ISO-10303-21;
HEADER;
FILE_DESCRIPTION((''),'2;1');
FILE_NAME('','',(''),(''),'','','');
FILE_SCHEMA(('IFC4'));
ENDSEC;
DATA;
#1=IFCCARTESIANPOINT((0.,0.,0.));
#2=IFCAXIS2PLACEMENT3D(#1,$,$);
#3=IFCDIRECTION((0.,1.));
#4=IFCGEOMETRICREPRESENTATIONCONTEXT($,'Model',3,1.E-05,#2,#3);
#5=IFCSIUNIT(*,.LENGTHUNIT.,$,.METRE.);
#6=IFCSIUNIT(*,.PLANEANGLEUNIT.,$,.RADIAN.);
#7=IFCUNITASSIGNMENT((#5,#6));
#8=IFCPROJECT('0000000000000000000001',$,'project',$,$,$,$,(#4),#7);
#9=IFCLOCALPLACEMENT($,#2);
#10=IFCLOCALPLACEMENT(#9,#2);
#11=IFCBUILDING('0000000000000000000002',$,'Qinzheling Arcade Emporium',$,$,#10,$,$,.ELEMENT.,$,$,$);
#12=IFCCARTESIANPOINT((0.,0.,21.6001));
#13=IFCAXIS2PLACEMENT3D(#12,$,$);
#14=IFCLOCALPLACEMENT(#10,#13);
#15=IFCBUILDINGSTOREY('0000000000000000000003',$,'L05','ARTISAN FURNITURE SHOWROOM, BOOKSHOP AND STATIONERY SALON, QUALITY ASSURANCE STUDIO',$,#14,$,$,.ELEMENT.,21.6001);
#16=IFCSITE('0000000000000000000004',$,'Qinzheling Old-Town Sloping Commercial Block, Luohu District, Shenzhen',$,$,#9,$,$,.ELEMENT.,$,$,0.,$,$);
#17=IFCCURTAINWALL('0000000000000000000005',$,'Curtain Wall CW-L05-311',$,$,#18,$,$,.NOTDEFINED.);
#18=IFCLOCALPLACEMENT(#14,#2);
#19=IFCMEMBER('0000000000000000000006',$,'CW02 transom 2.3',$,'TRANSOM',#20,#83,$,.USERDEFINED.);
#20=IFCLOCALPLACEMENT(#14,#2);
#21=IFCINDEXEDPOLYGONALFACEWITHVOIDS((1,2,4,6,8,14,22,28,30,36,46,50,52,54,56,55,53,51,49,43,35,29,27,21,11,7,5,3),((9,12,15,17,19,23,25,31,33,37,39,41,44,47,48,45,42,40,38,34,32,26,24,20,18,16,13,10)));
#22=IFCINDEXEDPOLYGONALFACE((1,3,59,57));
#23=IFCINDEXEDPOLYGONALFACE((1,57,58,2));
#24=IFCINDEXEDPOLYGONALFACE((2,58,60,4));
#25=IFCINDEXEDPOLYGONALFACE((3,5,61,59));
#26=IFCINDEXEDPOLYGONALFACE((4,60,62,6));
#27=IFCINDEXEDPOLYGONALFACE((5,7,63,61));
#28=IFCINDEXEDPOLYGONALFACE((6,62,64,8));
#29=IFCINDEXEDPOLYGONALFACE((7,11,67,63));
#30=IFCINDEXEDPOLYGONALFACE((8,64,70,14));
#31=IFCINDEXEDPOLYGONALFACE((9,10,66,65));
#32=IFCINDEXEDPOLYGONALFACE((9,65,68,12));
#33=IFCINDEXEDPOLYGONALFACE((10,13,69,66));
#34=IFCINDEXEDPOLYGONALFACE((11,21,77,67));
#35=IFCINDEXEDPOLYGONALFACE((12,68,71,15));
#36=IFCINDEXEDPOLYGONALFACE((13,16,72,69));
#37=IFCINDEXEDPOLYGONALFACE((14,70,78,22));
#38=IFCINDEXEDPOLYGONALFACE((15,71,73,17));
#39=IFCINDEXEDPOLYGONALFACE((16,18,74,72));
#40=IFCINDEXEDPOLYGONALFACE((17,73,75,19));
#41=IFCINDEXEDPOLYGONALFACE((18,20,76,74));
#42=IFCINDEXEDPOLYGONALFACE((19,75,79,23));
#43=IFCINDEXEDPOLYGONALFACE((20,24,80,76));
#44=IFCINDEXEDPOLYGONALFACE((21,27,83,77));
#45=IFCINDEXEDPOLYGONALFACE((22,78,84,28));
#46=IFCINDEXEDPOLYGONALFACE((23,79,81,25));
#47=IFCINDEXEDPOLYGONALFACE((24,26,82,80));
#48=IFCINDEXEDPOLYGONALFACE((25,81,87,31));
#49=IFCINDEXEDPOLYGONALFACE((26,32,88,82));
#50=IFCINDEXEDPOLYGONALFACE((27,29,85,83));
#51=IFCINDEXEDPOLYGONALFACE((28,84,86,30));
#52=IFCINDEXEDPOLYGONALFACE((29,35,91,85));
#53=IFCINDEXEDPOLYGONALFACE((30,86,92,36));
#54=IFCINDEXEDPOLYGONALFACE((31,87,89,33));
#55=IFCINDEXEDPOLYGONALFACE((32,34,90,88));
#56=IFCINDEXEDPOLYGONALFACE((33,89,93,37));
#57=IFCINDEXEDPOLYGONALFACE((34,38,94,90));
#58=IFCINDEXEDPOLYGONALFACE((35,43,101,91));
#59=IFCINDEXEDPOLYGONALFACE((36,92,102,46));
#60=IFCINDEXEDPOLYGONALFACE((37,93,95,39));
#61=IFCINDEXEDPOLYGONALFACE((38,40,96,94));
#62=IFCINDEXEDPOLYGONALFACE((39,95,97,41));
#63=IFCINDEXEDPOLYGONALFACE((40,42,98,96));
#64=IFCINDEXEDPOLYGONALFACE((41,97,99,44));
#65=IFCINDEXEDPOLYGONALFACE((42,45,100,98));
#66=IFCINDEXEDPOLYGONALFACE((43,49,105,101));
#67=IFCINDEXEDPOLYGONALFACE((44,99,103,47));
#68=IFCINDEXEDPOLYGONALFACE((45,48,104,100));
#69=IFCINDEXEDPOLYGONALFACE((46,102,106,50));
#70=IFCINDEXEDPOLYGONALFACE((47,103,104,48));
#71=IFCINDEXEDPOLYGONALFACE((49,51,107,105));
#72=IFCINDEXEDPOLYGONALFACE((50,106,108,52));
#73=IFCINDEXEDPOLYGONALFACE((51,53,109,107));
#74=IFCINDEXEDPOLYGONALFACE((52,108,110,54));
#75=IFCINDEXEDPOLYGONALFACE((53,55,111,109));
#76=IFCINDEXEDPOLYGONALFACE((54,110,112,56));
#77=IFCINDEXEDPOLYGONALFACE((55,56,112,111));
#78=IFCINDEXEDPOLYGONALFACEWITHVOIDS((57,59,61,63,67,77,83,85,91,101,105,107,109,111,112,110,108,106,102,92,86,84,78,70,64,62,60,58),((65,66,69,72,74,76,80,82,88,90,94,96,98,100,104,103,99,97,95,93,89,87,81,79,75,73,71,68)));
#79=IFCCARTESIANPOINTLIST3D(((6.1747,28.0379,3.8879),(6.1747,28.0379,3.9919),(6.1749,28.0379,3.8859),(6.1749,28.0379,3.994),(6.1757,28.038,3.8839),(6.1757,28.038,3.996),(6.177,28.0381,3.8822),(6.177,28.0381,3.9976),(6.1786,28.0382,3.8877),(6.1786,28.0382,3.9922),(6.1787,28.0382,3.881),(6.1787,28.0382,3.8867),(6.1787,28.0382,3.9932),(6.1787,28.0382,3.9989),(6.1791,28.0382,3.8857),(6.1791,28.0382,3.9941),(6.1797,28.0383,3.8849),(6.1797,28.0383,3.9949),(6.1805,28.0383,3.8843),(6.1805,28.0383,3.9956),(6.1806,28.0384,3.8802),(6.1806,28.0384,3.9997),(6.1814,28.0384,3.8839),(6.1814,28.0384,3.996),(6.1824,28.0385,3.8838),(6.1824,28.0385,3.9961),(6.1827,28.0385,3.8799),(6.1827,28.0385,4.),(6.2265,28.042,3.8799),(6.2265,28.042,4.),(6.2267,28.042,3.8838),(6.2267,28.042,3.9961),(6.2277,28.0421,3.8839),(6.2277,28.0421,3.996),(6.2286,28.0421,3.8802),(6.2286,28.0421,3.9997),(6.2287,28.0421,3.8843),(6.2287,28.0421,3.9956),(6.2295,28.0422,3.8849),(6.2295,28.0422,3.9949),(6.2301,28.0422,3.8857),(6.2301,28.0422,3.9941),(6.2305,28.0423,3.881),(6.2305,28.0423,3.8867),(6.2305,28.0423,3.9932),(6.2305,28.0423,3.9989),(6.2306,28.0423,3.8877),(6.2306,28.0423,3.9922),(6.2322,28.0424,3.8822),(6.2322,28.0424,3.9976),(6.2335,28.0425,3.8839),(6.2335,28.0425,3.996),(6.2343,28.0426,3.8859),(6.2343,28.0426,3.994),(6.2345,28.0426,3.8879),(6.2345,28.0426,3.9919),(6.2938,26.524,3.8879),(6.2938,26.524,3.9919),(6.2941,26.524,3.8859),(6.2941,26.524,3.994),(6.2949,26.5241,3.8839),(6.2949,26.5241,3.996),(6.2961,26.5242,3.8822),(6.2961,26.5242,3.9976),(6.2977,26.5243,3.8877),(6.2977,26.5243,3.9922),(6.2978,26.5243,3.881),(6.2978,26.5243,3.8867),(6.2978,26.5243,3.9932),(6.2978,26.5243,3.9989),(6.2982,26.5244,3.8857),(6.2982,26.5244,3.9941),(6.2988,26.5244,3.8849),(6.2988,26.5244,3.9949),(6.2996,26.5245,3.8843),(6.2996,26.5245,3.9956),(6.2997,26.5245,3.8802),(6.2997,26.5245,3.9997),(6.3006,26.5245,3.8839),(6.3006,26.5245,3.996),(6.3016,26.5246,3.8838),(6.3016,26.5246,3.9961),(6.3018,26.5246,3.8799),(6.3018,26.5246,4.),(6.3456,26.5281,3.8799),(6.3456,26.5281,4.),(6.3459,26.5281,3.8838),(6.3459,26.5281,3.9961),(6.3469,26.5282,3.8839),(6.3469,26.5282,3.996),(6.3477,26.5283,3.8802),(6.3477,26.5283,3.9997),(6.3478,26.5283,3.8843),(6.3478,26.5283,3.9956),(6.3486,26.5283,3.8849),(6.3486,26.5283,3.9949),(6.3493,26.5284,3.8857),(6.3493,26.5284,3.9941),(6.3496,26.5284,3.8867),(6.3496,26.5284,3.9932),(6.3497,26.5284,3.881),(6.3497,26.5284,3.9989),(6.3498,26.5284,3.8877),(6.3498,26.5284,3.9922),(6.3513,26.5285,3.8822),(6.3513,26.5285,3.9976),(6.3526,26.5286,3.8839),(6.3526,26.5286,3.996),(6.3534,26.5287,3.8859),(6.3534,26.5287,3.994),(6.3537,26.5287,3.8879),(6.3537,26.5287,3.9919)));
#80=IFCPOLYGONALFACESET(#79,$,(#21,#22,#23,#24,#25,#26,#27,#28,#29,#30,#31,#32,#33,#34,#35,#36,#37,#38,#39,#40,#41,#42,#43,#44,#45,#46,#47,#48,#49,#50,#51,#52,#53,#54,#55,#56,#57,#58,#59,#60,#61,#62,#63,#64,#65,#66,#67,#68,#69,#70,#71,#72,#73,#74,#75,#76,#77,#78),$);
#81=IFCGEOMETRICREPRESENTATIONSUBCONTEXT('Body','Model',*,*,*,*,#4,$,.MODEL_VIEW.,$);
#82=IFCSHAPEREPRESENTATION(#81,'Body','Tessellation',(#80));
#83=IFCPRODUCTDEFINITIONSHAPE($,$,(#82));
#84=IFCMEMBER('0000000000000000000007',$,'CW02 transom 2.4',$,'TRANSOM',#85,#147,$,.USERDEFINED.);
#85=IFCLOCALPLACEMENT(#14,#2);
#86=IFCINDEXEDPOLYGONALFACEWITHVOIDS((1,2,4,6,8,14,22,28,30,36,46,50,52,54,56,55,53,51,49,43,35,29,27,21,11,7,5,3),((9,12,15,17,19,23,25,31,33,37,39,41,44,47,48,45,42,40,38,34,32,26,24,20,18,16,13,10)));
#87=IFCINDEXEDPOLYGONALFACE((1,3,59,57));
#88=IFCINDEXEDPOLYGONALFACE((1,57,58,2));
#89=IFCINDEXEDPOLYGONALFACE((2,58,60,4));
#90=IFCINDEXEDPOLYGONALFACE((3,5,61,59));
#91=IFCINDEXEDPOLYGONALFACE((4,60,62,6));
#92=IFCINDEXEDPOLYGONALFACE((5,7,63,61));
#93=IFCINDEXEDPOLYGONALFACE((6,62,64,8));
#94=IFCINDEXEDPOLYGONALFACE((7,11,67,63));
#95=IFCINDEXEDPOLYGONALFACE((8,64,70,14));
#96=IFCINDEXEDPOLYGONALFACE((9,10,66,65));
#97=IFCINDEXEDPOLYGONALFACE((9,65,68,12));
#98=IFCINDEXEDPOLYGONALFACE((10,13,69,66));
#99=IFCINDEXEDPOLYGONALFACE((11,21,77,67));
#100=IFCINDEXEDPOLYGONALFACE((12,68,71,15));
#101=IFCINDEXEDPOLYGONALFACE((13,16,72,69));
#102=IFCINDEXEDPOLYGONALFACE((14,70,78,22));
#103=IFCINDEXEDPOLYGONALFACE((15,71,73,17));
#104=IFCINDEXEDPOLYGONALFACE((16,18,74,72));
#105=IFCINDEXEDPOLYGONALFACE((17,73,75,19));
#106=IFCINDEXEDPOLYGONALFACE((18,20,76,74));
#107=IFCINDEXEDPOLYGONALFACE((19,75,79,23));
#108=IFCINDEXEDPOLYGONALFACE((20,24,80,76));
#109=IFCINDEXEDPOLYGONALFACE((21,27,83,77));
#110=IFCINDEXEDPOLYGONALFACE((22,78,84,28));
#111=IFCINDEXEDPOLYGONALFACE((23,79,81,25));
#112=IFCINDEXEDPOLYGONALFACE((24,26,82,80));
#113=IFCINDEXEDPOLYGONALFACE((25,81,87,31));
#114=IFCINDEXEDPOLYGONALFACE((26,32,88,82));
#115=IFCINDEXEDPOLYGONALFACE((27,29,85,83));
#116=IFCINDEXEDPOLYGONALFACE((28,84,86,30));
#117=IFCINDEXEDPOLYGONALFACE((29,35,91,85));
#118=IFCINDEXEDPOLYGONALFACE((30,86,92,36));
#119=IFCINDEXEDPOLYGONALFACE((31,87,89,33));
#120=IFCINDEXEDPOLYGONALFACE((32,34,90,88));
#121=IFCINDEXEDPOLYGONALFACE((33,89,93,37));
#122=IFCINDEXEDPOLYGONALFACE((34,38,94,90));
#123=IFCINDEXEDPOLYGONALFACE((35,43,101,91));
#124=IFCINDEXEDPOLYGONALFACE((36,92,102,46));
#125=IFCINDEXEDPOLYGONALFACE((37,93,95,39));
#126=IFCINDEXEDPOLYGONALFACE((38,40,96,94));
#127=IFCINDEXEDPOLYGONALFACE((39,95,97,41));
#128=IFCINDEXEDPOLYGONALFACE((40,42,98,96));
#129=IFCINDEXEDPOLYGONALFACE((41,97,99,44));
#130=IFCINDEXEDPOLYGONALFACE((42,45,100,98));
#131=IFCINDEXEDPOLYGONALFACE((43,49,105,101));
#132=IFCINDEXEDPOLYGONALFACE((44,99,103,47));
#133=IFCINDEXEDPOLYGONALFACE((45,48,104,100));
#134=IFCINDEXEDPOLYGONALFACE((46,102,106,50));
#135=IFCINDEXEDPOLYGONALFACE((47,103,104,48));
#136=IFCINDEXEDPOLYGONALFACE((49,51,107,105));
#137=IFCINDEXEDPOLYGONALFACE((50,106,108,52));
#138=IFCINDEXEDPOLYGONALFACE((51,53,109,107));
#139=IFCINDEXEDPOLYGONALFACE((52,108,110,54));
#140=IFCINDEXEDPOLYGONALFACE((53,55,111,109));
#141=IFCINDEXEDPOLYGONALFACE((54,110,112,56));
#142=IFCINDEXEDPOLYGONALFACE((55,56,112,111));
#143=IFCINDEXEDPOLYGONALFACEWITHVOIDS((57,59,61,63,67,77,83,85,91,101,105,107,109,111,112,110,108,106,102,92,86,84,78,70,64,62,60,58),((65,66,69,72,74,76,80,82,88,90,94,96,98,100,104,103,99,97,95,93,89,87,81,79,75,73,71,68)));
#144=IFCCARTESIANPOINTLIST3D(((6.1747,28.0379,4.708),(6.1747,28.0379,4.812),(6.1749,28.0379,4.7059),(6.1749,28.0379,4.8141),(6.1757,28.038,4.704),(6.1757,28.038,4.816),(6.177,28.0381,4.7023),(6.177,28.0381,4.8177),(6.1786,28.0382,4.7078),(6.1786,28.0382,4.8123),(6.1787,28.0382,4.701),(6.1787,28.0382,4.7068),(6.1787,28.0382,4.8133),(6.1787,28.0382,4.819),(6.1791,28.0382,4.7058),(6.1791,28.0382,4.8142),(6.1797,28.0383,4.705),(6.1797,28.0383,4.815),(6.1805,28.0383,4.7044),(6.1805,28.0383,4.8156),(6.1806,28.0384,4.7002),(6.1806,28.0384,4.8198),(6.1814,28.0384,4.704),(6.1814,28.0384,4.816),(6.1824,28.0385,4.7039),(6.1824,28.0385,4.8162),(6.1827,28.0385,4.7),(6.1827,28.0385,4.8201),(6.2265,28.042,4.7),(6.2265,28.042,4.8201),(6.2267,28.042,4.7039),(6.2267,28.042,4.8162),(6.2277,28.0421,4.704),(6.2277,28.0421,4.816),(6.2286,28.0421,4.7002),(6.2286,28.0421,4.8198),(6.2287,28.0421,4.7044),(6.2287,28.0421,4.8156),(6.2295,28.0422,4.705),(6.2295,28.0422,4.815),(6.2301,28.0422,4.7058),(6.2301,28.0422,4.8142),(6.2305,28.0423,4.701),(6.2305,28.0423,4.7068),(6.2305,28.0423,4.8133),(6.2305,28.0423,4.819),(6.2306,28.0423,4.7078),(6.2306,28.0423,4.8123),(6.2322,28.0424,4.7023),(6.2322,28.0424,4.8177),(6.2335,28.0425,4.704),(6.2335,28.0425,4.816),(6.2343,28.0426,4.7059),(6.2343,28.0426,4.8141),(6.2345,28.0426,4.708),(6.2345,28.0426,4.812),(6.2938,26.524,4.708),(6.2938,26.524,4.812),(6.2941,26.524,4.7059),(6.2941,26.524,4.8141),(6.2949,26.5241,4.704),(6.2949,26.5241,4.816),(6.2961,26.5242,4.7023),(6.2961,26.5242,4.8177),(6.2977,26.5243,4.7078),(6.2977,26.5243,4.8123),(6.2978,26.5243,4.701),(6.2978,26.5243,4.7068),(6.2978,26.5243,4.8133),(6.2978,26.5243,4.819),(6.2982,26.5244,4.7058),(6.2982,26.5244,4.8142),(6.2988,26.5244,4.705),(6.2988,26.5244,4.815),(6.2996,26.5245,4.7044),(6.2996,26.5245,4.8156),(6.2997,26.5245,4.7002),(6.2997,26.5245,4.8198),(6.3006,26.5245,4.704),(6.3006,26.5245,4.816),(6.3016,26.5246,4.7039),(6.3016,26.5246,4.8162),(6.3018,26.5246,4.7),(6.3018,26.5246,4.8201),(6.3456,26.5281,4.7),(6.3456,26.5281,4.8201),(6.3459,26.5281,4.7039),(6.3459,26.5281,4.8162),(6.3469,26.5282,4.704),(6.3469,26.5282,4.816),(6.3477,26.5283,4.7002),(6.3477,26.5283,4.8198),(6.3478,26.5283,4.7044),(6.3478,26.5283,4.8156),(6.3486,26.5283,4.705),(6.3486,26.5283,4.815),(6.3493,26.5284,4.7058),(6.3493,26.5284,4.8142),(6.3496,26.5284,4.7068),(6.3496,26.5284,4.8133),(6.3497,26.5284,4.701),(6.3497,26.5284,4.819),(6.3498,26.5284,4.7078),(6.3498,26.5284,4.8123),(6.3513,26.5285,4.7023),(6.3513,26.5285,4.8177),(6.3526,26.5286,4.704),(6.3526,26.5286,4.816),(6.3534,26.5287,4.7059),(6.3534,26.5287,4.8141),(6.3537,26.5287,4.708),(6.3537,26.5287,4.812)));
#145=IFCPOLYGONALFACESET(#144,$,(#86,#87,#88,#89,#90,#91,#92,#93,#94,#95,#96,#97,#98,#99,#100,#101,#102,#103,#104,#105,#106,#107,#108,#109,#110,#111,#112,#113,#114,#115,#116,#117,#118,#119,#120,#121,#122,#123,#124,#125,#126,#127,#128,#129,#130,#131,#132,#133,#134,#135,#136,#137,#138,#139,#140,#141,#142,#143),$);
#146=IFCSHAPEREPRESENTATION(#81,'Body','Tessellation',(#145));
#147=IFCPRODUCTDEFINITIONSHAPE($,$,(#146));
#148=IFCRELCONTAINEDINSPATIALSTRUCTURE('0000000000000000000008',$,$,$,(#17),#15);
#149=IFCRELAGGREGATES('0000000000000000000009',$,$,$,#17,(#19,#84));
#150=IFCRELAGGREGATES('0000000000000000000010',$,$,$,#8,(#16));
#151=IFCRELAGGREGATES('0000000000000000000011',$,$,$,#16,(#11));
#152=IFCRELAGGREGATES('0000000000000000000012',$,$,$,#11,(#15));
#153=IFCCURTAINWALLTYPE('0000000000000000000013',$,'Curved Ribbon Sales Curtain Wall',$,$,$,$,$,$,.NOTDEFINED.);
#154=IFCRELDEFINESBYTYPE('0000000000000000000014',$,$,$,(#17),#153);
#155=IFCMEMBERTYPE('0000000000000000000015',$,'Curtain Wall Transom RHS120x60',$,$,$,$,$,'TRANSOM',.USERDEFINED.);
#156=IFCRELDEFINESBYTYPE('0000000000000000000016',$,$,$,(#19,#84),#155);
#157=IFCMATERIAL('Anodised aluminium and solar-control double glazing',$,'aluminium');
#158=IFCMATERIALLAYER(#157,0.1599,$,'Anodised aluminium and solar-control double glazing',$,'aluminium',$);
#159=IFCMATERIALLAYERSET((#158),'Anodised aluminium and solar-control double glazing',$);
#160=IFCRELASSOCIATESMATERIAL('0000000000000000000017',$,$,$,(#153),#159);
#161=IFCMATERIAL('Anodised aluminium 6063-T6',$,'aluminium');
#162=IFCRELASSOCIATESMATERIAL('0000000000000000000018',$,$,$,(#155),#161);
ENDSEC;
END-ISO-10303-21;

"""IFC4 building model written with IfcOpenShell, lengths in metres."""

from ifc_helpers import new_model, si_unit, direction, frame, origin, origin_2d, place, context, subcontext, project, spatial, hollow_rectangle, extrude, material, layer, layer_set, material_profile, profile_set, type_object, element, aggregate, save


model = new_model("IFC4")

# Units and contexts
model_context = context("Model", 3, precision=1e-05, world=origin(), true_north=direction((0.0, 1.0)))
body_context = subcontext(model_context, "Body", "Model", "MODEL_VIEW")
ifc_project = project(units=[si_unit("LENGTHUNIT", "METRE"), si_unit("PLANEANGLEUNIT", "RADIAN")], contexts=[model_context])

# Site, building, storey
site_placement = place(None, origin())
site = spatial("IfcSite", under=ifc_project, at=site_placement, Name="Qinzheling Old-Town Sloping Commercial Block, Luohu District, Shenzhen", CompositionType="ELEMENT", RefElevation=0.0)
building_placement = place(site_placement, origin())
building = spatial("IfcBuilding", under=site, at=building_placement, Name="Qinzheling Arcade Emporium", CompositionType="ELEMENT")
storey_placement = place(building_placement, frame((0.0, 0.0, 21.6001)))
storey = spatial("IfcBuildingStorey", under=building, at=storey_placement, Name="L05", Description="ARTISAN FURNITURE SHOWROOM, BOOKSHOP AND STATIONERY SALON, QUALITY ASSURANCE STUDIO", CompositionType="ELEMENT", Elevation=21.6001)

# Curtain wall
ifc_material_1 = material(Name="Anodised aluminium and solar-control double glazing", Category="aluminium")
ifc_layer_1 = layer(ifc_material_1, 0.1599, Name="Anodised aluminium and solar-control double glazing", Category="aluminium")
ifc_layer_set_1 = layer_set([ifc_layer_1], Name="Anodised aluminium and solar-control double glazing")
curtain_wall_type_1 = type_object("IfcCurtainWallType", Name="Curved Ribbon Sales Curtain Wall", PredefinedType="NOTDEFINED", material=ifc_layer_set_1)
curtain_wall_1_placement = place(storey_placement, origin())
curtain_wall_1 = element("IfcCurtainWall", 1, at=curtain_wall_1_placement, inside=storey, type_object=curtain_wall_type_1, Name="Curtain Wall CW-L05-311", PredefinedType="NOTDEFINED")
ifc_material_2 = material(Name="Anodised aluminium 6063-T6", Category="aluminium")

# Members
ifc_material_profile_1 = material_profile(ifc_material_2, hollow_rectangle(XDim=0.0601, YDim=0.1201, WallThickness=0.0039, InnerFilletRadius=0.0039, OuterFilletRadius=0.0081, at=origin_2d()), Name="RHS 120x60x4", Category="aluminium")
ifc_profile_set_1 = profile_set([ifc_material_profile_1], Name="Anodised aluminium 6063-T6")
member_type_1 = type_object("IfcMemberType", Name="Curtain Wall Transom RHS120x60", ElementType="TRANSOM", PredefinedType="USERDEFINED", material=ifc_profile_set_1)
member_1_placement = place(storey_placement, frame((6.3237, 26.5264, 3.9399), z_axis=(-0.078454, 0.996918, 0.0), x_axis=(-0.996918, -0.078454, 0.0)))
member_1 = element("IfcMember", 2, at=member_1_placement, type_object=member_type_1, Name="CW02 transom 2.3", ObjectType="TRANSOM", PredefinedType="USERDEFINED", context=body_context, shape_type="SweptSolid", body=[
    extrude(hollow_rectangle(XDim=0.0601, YDim=0.1201, WallThickness=0.0039, InnerFilletRadius=0.0039, OuterFilletRadius=0.0081, at=origin_2d()), origin(), (0.0, 0.0, 1.0), 1.5186),
])
member_2_placement = place(storey_placement, frame((6.3237, 26.5264, 4.76), z_axis=(-0.078454, 0.996918, 0.0), x_axis=(-0.996918, -0.078454, 0.0)))
member_2 = element("IfcMember", 3, at=member_2_placement, type_object=member_type_1, Name="CW02 transom 2.4", ObjectType="TRANSOM", PredefinedType="USERDEFINED", context=body_context, shape_type="SweptSolid", body=[
    extrude(hollow_rectangle(XDim=0.0601, YDim=0.1201, WallThickness=0.0039, InnerFilletRadius=0.0039, OuterFilletRadius=0.0081, at=origin_2d()), origin(), (0.0, 0.0, 1.0), 1.5186),
])

aggregate(curtain_wall_1, [member_1, member_2])

save(model, "model.ifc")
